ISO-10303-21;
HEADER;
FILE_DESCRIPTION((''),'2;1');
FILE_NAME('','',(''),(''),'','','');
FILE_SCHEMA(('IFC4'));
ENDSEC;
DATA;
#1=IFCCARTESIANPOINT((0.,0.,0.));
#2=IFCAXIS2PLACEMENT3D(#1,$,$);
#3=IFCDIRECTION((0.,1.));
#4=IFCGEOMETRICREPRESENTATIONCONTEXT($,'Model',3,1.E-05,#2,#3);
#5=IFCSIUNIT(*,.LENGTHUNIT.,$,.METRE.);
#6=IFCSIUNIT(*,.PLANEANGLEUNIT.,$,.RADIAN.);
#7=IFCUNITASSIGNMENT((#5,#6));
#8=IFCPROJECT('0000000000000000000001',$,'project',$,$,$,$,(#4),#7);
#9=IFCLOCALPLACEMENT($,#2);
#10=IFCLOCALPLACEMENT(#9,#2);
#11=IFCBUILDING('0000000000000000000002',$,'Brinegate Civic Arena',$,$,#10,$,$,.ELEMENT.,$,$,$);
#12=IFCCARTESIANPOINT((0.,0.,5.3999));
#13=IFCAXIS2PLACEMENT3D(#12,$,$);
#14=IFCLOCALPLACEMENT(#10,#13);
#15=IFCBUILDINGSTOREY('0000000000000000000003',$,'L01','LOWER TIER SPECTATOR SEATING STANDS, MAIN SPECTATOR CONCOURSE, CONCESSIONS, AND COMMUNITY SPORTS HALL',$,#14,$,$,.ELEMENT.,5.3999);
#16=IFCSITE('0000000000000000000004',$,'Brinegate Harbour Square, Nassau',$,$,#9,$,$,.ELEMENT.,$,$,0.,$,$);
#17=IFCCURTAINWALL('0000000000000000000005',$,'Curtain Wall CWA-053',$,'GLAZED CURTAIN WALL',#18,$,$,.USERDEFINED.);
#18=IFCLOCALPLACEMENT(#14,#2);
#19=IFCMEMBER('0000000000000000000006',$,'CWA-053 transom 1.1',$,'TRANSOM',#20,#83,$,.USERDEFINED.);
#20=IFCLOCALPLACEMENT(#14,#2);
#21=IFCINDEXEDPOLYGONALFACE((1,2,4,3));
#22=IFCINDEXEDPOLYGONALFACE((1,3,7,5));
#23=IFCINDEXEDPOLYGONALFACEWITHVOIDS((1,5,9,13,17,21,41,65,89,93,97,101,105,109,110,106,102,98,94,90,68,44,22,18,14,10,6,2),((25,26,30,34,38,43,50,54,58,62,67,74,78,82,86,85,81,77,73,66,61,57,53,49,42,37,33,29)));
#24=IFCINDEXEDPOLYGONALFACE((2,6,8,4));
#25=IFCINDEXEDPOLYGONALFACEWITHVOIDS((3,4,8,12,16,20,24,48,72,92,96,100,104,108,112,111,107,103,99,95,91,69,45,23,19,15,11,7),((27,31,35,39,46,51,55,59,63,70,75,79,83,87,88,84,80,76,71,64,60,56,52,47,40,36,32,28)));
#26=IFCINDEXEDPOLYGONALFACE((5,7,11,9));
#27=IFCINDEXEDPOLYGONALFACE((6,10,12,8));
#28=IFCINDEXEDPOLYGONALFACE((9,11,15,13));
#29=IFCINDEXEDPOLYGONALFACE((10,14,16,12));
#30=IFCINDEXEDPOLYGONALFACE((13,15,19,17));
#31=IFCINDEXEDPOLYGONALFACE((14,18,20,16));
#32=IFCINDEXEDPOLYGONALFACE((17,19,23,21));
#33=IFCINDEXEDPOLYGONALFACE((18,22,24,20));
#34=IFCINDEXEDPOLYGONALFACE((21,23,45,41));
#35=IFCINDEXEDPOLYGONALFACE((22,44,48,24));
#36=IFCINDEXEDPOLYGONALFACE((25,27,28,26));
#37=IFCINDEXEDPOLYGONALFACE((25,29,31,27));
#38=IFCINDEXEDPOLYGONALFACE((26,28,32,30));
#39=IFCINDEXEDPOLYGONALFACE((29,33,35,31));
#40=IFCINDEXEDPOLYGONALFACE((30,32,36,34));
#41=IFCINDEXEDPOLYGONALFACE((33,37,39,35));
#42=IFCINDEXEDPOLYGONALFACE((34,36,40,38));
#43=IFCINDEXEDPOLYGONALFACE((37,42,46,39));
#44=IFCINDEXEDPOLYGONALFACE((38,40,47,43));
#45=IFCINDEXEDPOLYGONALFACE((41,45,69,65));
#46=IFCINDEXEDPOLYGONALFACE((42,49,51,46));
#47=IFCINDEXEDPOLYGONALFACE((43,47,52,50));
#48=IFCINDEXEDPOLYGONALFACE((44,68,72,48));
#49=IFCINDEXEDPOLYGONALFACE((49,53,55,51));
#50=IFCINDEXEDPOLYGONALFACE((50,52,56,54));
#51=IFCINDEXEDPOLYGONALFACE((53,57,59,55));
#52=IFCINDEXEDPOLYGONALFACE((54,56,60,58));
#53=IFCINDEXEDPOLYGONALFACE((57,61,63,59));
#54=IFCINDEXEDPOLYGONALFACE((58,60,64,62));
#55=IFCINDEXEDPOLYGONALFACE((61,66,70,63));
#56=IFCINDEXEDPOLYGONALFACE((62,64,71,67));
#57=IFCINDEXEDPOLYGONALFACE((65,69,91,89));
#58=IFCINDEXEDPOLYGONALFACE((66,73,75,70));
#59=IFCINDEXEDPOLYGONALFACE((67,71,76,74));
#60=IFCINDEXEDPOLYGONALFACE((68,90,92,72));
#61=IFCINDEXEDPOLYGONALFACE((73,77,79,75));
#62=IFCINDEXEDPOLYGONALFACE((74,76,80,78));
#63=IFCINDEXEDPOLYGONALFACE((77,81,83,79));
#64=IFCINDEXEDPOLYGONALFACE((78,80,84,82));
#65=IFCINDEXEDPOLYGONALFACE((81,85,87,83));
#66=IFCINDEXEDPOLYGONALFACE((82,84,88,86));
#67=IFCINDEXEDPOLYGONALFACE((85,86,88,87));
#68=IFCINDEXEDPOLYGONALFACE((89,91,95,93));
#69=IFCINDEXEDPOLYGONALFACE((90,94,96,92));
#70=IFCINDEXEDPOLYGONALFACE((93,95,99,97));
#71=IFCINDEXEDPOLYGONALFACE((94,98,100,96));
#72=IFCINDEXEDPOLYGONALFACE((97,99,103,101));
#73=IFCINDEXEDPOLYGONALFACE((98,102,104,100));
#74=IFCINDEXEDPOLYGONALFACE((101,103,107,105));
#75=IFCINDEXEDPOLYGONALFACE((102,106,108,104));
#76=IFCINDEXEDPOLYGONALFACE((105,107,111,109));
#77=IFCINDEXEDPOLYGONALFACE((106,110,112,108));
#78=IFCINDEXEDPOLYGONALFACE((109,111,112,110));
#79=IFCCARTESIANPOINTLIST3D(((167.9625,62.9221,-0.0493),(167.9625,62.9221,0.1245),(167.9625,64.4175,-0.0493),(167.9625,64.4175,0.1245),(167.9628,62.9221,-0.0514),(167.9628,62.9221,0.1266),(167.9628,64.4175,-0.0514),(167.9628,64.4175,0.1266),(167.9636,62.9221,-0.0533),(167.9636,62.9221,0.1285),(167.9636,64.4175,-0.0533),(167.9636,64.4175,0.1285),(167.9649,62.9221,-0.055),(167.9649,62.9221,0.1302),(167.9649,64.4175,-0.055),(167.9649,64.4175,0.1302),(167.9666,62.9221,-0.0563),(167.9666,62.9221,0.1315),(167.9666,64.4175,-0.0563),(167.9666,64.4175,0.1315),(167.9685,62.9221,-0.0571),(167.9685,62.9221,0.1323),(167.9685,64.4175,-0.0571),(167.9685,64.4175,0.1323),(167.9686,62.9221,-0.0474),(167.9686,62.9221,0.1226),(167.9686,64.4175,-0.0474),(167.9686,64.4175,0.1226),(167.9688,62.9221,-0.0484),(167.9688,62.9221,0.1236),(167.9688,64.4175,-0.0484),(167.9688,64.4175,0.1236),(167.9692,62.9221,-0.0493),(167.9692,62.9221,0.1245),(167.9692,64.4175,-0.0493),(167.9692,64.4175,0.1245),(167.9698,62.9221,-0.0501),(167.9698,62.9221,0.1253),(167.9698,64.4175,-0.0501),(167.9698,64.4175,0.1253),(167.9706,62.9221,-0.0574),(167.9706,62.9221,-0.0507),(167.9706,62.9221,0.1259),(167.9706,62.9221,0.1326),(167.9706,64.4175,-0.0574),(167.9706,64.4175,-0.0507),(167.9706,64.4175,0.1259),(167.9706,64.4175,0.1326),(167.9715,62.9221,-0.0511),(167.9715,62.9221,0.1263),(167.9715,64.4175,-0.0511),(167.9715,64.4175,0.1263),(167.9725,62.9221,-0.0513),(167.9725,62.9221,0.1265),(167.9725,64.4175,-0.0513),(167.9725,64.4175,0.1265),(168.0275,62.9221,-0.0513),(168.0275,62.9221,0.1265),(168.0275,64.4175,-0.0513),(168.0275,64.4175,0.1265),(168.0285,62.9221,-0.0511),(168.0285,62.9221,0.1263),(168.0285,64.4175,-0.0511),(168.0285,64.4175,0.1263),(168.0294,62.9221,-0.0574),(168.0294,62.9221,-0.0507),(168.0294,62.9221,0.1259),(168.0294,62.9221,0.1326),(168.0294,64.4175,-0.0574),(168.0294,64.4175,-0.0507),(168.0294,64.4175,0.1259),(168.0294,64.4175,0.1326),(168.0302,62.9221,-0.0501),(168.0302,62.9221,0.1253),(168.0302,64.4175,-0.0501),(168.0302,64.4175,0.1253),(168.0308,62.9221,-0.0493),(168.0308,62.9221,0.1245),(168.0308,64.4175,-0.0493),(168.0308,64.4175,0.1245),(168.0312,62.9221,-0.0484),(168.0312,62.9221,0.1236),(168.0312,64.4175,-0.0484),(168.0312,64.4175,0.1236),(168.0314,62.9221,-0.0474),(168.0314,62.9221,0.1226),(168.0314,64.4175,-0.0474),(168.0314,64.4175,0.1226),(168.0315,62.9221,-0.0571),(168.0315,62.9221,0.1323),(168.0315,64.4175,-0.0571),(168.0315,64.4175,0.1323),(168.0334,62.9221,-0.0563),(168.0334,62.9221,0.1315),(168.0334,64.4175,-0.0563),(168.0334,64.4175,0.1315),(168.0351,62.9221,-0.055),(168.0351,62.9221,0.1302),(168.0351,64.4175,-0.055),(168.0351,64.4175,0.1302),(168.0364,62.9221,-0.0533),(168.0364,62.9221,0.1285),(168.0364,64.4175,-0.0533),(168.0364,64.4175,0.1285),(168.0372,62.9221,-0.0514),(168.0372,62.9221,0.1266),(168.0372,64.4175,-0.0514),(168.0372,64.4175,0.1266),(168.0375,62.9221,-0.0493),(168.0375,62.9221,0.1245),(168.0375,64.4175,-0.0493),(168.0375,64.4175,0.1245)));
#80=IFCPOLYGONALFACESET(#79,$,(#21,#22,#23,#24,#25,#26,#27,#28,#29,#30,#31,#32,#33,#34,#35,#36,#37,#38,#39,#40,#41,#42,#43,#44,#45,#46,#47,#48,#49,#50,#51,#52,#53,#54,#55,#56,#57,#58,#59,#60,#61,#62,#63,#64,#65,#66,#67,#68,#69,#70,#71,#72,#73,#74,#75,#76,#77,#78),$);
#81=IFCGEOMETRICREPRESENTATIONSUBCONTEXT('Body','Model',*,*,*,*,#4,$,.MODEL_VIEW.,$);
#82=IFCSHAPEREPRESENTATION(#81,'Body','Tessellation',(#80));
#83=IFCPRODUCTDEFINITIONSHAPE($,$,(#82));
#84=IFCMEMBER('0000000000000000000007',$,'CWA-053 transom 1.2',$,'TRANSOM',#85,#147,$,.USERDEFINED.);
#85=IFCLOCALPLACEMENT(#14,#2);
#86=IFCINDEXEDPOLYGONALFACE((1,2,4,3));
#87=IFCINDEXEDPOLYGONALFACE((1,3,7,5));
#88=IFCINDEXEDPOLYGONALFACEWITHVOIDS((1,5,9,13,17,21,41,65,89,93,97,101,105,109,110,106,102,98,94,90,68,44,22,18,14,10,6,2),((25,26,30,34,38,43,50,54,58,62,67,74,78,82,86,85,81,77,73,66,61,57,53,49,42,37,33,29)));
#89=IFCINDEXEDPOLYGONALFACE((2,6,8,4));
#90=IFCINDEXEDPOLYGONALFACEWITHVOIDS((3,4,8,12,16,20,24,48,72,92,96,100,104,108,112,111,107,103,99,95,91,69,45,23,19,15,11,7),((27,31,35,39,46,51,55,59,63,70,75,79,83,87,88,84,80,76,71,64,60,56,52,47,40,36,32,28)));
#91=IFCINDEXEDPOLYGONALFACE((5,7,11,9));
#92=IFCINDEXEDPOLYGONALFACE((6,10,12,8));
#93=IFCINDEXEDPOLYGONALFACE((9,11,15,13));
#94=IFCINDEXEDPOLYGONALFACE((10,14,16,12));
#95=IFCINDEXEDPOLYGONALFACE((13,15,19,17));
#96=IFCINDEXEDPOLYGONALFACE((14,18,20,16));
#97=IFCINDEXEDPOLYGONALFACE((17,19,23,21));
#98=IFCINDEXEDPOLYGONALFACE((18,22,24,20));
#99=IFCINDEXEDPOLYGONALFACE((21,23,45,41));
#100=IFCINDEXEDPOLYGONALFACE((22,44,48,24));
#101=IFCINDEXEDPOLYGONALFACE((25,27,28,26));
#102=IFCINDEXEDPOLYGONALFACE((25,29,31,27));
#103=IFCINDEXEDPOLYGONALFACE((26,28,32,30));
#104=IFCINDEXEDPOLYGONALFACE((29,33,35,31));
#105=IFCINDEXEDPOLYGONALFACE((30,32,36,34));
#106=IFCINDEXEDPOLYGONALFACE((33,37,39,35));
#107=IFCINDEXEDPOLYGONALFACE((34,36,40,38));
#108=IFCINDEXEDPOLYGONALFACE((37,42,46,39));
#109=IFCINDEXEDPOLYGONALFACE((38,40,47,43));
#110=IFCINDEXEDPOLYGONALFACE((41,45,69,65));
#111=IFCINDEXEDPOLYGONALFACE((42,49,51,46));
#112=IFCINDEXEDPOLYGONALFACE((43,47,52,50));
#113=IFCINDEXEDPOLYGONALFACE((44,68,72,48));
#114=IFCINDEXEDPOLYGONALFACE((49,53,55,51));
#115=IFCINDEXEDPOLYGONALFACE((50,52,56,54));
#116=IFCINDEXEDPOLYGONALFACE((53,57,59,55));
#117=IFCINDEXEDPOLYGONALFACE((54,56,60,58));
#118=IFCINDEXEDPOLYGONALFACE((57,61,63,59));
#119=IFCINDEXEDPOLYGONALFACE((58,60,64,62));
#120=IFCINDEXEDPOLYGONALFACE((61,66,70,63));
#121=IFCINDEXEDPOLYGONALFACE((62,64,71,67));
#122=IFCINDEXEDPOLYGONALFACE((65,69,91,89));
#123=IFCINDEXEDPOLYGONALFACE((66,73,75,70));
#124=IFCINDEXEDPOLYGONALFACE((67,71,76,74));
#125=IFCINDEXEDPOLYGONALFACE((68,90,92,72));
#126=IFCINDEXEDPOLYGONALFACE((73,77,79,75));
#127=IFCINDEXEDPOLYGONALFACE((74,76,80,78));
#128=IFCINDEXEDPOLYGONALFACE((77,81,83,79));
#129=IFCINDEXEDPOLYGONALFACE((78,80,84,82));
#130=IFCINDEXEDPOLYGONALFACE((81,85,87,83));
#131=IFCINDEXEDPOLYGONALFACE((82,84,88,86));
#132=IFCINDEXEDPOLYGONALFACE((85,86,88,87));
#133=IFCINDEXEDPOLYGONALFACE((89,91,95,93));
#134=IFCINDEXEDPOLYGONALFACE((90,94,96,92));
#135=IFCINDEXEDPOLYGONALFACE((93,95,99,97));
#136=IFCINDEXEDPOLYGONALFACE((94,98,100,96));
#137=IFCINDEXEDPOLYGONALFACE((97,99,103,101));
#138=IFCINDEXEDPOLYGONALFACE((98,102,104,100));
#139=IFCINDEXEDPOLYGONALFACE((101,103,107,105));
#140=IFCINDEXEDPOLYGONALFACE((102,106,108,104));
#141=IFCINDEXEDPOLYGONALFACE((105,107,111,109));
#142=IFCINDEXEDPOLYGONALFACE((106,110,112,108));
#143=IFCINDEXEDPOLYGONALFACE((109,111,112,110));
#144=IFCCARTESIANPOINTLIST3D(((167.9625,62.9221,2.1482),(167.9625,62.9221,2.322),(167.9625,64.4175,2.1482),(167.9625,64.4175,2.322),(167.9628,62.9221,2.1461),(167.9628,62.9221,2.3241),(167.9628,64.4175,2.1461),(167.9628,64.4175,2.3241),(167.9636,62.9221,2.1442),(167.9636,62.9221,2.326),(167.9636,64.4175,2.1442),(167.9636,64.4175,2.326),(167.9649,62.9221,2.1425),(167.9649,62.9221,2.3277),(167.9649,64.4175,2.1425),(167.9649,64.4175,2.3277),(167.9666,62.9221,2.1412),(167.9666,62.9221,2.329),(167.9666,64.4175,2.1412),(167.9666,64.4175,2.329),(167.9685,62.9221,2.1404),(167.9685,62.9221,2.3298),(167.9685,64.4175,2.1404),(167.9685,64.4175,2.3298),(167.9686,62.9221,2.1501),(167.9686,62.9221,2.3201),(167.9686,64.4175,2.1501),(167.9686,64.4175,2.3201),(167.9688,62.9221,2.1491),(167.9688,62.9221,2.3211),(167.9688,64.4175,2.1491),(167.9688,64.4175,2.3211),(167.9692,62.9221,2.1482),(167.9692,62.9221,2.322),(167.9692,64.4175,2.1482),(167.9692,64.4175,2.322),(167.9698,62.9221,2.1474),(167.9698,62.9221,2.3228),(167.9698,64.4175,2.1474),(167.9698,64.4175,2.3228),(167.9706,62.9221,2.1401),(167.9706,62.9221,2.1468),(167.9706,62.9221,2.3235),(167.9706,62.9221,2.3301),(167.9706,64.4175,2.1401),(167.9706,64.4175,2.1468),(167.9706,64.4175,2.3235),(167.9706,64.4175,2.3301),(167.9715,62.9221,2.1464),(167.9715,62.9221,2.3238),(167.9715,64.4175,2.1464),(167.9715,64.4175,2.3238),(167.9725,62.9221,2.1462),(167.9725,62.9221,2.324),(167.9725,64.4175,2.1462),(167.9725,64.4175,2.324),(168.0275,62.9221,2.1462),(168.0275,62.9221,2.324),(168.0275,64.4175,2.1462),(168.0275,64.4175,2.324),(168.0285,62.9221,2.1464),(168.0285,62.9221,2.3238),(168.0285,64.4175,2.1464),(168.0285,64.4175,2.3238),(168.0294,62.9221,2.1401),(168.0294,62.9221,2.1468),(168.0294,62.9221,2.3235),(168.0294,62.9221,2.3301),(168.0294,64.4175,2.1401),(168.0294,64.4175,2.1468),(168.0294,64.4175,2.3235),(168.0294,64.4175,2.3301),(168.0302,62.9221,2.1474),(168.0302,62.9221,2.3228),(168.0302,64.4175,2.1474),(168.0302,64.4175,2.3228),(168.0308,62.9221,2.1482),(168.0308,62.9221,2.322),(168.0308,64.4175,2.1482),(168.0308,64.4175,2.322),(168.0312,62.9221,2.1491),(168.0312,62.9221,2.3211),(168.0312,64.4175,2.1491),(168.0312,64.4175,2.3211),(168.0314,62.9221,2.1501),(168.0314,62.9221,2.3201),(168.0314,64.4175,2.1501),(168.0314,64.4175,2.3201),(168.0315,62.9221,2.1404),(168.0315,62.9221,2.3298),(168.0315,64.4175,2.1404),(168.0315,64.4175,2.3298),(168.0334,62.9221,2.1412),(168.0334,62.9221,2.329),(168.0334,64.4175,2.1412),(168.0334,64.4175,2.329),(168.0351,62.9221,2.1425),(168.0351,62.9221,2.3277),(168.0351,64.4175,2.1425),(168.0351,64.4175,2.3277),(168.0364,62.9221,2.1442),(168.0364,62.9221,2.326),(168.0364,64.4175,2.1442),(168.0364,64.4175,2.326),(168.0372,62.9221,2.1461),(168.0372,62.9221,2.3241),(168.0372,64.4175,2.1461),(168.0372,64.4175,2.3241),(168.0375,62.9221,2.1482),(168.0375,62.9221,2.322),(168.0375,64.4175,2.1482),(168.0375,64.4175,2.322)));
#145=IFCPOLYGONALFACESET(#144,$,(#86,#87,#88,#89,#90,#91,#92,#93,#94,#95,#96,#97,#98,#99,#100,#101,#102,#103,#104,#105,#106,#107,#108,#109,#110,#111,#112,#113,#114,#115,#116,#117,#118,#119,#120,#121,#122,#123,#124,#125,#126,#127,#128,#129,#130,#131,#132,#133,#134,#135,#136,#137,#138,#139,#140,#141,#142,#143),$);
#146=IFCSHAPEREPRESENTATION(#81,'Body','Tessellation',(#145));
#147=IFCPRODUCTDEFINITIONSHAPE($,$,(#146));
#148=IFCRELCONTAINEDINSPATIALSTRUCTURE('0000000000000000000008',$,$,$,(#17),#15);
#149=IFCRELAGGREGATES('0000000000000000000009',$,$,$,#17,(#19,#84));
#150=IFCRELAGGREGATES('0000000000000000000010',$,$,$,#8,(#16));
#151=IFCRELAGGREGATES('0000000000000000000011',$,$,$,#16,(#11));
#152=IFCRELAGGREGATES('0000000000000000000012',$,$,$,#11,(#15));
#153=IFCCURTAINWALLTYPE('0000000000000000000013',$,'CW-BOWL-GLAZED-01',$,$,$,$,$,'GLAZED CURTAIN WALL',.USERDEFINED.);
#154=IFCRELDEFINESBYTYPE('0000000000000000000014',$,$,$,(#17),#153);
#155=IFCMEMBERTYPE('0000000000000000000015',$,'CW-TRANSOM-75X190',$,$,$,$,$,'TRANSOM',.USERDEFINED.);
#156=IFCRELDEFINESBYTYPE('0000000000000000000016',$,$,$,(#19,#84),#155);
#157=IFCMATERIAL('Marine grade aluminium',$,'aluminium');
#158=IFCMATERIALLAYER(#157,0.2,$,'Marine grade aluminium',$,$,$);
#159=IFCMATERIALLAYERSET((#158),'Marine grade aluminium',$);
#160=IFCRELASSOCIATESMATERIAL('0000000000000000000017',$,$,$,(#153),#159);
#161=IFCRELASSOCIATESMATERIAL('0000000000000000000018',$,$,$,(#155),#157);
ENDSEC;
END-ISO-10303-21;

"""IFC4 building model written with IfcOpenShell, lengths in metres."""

from ifc_helpers import new_model, si_unit, direction, frame, origin, origin_2d, place, context, subcontext, project, spatial, hollow_rectangle, extrude, material, layer, layer_set, material_profile, profile_set, type_object, element, aggregate, save


model = new_model("IFC4")

# Units and contexts
model_context = context("Model", 3, precision=1e-05, world=origin(), true_north=direction((0.0, 1.0)))
body_context = subcontext(model_context, "Body", "Model", "MODEL_VIEW")
ifc_project = project(units=[si_unit("LENGTHUNIT", "METRE"), si_unit("PLANEANGLEUNIT", "RADIAN")], contexts=[model_context])

# Site, building, storey
site_placement = place(None, origin())
site = spatial("IfcSite", under=ifc_project, at=site_placement, Name="Brinegate Harbour Square, Nassau", CompositionType="ELEMENT", RefElevation=0.0)
building_placement = place(site_placement, origin())
building = spatial("IfcBuilding", under=site, at=building_placement, Name="Brinegate Civic Arena", CompositionType="ELEMENT")
storey_placement = place(building_placement, frame((0.0, 0.0, 5.3999)))
storey = spatial("IfcBuildingStorey", under=building, at=storey_placement, Name="L01", Description="LOWER TIER SPECTATOR SEATING STANDS, MAIN SPECTATOR CONCOURSE, CONCESSIONS, AND COMMUNITY SPORTS HALL", CompositionType="ELEMENT", Elevation=5.3999)

# Curtain wall
ifc_material_1 = material(Name="Marine grade aluminium", Category="aluminium")
ifc_layer_1 = layer(ifc_material_1, 0.2, Name="Marine grade aluminium")
ifc_layer_set_1 = layer_set([ifc_layer_1], Name="Marine grade aluminium")
curtain_wall_type = type_object("IfcCurtainWallType", Name="CW-BOWL-GLAZED-01", ElementType="GLAZED CURTAIN WALL", PredefinedType="USERDEFINED", material=ifc_layer_set_1)
curtain_wall_1_placement = place(storey_placement, origin())
curtain_wall_1 = element("IfcCurtainWall", 1, at=curtain_wall_1_placement, inside=storey, type_object=curtain_wall_type, Name="Curtain Wall CWA-053", ObjectType="GLAZED CURTAIN WALL", PredefinedType="USERDEFINED")

# Members
ifc_material_profile_1 = material_profile(ifc_material_1, hollow_rectangle(XDim=0.075, YDim=0.1899, WallThickness=0.0061, InnerFilletRadius=0.0039, OuterFilletRadius=0.0081, at=origin_2d()), Name="TRN75X190")
ifc_profile_set_1 = profile_set([ifc_material_profile_1], Name="Marine grade aluminium")
member_type_1 = type_object("IfcMemberType", Name="CW-TRANSOM-75X190", ElementType="TRANSOM", PredefinedType="USERDEFINED", material=ifc_profile_set_1)
member_1_placement = place(storey_placement, frame((168.0, 62.9221, 0.0376), z_axis=(0.0, 1.0, 0.0), x_axis=(-1.0, 0.0, 0.0)))
member_1 = element("IfcMember", 2, at=member_1_placement, type_object=member_type_1, Name="CWA-053 transom 1.1", ObjectType="TRANSOM", PredefinedType="USERDEFINED", context=body_context, shape_type="SweptSolid", body=[
    extrude(hollow_rectangle(XDim=0.075, YDim=0.1899, WallThickness=0.0061, InnerFilletRadius=0.0039, OuterFilletRadius=0.0081, at=origin_2d()), origin(), (0.0, 0.0, 1.0), 1.4954),
])
member_2_placement = place(storey_placement, frame((168.0, 62.9221, 2.2351), z_axis=(0.0, 1.0, 0.0), x_axis=(-1.0, 0.0, 0.0)))
member_2 = element("IfcMember", 3, at=member_2_placement, type_object=member_type_1, Name="CWA-053 transom 1.2", ObjectType="TRANSOM", PredefinedType="USERDEFINED", context=body_context, shape_type="SweptSolid", body=[
    extrude(hollow_rectangle(XDim=0.075, YDim=0.1899, WallThickness=0.0061, InnerFilletRadius=0.0039, OuterFilletRadius=0.0081, at=origin_2d()), origin(), (0.0, 0.0, 1.0), 1.4954),
])

aggregate(curtain_wall_1, [member_1, member_2])

save(model, "model.ifc")
